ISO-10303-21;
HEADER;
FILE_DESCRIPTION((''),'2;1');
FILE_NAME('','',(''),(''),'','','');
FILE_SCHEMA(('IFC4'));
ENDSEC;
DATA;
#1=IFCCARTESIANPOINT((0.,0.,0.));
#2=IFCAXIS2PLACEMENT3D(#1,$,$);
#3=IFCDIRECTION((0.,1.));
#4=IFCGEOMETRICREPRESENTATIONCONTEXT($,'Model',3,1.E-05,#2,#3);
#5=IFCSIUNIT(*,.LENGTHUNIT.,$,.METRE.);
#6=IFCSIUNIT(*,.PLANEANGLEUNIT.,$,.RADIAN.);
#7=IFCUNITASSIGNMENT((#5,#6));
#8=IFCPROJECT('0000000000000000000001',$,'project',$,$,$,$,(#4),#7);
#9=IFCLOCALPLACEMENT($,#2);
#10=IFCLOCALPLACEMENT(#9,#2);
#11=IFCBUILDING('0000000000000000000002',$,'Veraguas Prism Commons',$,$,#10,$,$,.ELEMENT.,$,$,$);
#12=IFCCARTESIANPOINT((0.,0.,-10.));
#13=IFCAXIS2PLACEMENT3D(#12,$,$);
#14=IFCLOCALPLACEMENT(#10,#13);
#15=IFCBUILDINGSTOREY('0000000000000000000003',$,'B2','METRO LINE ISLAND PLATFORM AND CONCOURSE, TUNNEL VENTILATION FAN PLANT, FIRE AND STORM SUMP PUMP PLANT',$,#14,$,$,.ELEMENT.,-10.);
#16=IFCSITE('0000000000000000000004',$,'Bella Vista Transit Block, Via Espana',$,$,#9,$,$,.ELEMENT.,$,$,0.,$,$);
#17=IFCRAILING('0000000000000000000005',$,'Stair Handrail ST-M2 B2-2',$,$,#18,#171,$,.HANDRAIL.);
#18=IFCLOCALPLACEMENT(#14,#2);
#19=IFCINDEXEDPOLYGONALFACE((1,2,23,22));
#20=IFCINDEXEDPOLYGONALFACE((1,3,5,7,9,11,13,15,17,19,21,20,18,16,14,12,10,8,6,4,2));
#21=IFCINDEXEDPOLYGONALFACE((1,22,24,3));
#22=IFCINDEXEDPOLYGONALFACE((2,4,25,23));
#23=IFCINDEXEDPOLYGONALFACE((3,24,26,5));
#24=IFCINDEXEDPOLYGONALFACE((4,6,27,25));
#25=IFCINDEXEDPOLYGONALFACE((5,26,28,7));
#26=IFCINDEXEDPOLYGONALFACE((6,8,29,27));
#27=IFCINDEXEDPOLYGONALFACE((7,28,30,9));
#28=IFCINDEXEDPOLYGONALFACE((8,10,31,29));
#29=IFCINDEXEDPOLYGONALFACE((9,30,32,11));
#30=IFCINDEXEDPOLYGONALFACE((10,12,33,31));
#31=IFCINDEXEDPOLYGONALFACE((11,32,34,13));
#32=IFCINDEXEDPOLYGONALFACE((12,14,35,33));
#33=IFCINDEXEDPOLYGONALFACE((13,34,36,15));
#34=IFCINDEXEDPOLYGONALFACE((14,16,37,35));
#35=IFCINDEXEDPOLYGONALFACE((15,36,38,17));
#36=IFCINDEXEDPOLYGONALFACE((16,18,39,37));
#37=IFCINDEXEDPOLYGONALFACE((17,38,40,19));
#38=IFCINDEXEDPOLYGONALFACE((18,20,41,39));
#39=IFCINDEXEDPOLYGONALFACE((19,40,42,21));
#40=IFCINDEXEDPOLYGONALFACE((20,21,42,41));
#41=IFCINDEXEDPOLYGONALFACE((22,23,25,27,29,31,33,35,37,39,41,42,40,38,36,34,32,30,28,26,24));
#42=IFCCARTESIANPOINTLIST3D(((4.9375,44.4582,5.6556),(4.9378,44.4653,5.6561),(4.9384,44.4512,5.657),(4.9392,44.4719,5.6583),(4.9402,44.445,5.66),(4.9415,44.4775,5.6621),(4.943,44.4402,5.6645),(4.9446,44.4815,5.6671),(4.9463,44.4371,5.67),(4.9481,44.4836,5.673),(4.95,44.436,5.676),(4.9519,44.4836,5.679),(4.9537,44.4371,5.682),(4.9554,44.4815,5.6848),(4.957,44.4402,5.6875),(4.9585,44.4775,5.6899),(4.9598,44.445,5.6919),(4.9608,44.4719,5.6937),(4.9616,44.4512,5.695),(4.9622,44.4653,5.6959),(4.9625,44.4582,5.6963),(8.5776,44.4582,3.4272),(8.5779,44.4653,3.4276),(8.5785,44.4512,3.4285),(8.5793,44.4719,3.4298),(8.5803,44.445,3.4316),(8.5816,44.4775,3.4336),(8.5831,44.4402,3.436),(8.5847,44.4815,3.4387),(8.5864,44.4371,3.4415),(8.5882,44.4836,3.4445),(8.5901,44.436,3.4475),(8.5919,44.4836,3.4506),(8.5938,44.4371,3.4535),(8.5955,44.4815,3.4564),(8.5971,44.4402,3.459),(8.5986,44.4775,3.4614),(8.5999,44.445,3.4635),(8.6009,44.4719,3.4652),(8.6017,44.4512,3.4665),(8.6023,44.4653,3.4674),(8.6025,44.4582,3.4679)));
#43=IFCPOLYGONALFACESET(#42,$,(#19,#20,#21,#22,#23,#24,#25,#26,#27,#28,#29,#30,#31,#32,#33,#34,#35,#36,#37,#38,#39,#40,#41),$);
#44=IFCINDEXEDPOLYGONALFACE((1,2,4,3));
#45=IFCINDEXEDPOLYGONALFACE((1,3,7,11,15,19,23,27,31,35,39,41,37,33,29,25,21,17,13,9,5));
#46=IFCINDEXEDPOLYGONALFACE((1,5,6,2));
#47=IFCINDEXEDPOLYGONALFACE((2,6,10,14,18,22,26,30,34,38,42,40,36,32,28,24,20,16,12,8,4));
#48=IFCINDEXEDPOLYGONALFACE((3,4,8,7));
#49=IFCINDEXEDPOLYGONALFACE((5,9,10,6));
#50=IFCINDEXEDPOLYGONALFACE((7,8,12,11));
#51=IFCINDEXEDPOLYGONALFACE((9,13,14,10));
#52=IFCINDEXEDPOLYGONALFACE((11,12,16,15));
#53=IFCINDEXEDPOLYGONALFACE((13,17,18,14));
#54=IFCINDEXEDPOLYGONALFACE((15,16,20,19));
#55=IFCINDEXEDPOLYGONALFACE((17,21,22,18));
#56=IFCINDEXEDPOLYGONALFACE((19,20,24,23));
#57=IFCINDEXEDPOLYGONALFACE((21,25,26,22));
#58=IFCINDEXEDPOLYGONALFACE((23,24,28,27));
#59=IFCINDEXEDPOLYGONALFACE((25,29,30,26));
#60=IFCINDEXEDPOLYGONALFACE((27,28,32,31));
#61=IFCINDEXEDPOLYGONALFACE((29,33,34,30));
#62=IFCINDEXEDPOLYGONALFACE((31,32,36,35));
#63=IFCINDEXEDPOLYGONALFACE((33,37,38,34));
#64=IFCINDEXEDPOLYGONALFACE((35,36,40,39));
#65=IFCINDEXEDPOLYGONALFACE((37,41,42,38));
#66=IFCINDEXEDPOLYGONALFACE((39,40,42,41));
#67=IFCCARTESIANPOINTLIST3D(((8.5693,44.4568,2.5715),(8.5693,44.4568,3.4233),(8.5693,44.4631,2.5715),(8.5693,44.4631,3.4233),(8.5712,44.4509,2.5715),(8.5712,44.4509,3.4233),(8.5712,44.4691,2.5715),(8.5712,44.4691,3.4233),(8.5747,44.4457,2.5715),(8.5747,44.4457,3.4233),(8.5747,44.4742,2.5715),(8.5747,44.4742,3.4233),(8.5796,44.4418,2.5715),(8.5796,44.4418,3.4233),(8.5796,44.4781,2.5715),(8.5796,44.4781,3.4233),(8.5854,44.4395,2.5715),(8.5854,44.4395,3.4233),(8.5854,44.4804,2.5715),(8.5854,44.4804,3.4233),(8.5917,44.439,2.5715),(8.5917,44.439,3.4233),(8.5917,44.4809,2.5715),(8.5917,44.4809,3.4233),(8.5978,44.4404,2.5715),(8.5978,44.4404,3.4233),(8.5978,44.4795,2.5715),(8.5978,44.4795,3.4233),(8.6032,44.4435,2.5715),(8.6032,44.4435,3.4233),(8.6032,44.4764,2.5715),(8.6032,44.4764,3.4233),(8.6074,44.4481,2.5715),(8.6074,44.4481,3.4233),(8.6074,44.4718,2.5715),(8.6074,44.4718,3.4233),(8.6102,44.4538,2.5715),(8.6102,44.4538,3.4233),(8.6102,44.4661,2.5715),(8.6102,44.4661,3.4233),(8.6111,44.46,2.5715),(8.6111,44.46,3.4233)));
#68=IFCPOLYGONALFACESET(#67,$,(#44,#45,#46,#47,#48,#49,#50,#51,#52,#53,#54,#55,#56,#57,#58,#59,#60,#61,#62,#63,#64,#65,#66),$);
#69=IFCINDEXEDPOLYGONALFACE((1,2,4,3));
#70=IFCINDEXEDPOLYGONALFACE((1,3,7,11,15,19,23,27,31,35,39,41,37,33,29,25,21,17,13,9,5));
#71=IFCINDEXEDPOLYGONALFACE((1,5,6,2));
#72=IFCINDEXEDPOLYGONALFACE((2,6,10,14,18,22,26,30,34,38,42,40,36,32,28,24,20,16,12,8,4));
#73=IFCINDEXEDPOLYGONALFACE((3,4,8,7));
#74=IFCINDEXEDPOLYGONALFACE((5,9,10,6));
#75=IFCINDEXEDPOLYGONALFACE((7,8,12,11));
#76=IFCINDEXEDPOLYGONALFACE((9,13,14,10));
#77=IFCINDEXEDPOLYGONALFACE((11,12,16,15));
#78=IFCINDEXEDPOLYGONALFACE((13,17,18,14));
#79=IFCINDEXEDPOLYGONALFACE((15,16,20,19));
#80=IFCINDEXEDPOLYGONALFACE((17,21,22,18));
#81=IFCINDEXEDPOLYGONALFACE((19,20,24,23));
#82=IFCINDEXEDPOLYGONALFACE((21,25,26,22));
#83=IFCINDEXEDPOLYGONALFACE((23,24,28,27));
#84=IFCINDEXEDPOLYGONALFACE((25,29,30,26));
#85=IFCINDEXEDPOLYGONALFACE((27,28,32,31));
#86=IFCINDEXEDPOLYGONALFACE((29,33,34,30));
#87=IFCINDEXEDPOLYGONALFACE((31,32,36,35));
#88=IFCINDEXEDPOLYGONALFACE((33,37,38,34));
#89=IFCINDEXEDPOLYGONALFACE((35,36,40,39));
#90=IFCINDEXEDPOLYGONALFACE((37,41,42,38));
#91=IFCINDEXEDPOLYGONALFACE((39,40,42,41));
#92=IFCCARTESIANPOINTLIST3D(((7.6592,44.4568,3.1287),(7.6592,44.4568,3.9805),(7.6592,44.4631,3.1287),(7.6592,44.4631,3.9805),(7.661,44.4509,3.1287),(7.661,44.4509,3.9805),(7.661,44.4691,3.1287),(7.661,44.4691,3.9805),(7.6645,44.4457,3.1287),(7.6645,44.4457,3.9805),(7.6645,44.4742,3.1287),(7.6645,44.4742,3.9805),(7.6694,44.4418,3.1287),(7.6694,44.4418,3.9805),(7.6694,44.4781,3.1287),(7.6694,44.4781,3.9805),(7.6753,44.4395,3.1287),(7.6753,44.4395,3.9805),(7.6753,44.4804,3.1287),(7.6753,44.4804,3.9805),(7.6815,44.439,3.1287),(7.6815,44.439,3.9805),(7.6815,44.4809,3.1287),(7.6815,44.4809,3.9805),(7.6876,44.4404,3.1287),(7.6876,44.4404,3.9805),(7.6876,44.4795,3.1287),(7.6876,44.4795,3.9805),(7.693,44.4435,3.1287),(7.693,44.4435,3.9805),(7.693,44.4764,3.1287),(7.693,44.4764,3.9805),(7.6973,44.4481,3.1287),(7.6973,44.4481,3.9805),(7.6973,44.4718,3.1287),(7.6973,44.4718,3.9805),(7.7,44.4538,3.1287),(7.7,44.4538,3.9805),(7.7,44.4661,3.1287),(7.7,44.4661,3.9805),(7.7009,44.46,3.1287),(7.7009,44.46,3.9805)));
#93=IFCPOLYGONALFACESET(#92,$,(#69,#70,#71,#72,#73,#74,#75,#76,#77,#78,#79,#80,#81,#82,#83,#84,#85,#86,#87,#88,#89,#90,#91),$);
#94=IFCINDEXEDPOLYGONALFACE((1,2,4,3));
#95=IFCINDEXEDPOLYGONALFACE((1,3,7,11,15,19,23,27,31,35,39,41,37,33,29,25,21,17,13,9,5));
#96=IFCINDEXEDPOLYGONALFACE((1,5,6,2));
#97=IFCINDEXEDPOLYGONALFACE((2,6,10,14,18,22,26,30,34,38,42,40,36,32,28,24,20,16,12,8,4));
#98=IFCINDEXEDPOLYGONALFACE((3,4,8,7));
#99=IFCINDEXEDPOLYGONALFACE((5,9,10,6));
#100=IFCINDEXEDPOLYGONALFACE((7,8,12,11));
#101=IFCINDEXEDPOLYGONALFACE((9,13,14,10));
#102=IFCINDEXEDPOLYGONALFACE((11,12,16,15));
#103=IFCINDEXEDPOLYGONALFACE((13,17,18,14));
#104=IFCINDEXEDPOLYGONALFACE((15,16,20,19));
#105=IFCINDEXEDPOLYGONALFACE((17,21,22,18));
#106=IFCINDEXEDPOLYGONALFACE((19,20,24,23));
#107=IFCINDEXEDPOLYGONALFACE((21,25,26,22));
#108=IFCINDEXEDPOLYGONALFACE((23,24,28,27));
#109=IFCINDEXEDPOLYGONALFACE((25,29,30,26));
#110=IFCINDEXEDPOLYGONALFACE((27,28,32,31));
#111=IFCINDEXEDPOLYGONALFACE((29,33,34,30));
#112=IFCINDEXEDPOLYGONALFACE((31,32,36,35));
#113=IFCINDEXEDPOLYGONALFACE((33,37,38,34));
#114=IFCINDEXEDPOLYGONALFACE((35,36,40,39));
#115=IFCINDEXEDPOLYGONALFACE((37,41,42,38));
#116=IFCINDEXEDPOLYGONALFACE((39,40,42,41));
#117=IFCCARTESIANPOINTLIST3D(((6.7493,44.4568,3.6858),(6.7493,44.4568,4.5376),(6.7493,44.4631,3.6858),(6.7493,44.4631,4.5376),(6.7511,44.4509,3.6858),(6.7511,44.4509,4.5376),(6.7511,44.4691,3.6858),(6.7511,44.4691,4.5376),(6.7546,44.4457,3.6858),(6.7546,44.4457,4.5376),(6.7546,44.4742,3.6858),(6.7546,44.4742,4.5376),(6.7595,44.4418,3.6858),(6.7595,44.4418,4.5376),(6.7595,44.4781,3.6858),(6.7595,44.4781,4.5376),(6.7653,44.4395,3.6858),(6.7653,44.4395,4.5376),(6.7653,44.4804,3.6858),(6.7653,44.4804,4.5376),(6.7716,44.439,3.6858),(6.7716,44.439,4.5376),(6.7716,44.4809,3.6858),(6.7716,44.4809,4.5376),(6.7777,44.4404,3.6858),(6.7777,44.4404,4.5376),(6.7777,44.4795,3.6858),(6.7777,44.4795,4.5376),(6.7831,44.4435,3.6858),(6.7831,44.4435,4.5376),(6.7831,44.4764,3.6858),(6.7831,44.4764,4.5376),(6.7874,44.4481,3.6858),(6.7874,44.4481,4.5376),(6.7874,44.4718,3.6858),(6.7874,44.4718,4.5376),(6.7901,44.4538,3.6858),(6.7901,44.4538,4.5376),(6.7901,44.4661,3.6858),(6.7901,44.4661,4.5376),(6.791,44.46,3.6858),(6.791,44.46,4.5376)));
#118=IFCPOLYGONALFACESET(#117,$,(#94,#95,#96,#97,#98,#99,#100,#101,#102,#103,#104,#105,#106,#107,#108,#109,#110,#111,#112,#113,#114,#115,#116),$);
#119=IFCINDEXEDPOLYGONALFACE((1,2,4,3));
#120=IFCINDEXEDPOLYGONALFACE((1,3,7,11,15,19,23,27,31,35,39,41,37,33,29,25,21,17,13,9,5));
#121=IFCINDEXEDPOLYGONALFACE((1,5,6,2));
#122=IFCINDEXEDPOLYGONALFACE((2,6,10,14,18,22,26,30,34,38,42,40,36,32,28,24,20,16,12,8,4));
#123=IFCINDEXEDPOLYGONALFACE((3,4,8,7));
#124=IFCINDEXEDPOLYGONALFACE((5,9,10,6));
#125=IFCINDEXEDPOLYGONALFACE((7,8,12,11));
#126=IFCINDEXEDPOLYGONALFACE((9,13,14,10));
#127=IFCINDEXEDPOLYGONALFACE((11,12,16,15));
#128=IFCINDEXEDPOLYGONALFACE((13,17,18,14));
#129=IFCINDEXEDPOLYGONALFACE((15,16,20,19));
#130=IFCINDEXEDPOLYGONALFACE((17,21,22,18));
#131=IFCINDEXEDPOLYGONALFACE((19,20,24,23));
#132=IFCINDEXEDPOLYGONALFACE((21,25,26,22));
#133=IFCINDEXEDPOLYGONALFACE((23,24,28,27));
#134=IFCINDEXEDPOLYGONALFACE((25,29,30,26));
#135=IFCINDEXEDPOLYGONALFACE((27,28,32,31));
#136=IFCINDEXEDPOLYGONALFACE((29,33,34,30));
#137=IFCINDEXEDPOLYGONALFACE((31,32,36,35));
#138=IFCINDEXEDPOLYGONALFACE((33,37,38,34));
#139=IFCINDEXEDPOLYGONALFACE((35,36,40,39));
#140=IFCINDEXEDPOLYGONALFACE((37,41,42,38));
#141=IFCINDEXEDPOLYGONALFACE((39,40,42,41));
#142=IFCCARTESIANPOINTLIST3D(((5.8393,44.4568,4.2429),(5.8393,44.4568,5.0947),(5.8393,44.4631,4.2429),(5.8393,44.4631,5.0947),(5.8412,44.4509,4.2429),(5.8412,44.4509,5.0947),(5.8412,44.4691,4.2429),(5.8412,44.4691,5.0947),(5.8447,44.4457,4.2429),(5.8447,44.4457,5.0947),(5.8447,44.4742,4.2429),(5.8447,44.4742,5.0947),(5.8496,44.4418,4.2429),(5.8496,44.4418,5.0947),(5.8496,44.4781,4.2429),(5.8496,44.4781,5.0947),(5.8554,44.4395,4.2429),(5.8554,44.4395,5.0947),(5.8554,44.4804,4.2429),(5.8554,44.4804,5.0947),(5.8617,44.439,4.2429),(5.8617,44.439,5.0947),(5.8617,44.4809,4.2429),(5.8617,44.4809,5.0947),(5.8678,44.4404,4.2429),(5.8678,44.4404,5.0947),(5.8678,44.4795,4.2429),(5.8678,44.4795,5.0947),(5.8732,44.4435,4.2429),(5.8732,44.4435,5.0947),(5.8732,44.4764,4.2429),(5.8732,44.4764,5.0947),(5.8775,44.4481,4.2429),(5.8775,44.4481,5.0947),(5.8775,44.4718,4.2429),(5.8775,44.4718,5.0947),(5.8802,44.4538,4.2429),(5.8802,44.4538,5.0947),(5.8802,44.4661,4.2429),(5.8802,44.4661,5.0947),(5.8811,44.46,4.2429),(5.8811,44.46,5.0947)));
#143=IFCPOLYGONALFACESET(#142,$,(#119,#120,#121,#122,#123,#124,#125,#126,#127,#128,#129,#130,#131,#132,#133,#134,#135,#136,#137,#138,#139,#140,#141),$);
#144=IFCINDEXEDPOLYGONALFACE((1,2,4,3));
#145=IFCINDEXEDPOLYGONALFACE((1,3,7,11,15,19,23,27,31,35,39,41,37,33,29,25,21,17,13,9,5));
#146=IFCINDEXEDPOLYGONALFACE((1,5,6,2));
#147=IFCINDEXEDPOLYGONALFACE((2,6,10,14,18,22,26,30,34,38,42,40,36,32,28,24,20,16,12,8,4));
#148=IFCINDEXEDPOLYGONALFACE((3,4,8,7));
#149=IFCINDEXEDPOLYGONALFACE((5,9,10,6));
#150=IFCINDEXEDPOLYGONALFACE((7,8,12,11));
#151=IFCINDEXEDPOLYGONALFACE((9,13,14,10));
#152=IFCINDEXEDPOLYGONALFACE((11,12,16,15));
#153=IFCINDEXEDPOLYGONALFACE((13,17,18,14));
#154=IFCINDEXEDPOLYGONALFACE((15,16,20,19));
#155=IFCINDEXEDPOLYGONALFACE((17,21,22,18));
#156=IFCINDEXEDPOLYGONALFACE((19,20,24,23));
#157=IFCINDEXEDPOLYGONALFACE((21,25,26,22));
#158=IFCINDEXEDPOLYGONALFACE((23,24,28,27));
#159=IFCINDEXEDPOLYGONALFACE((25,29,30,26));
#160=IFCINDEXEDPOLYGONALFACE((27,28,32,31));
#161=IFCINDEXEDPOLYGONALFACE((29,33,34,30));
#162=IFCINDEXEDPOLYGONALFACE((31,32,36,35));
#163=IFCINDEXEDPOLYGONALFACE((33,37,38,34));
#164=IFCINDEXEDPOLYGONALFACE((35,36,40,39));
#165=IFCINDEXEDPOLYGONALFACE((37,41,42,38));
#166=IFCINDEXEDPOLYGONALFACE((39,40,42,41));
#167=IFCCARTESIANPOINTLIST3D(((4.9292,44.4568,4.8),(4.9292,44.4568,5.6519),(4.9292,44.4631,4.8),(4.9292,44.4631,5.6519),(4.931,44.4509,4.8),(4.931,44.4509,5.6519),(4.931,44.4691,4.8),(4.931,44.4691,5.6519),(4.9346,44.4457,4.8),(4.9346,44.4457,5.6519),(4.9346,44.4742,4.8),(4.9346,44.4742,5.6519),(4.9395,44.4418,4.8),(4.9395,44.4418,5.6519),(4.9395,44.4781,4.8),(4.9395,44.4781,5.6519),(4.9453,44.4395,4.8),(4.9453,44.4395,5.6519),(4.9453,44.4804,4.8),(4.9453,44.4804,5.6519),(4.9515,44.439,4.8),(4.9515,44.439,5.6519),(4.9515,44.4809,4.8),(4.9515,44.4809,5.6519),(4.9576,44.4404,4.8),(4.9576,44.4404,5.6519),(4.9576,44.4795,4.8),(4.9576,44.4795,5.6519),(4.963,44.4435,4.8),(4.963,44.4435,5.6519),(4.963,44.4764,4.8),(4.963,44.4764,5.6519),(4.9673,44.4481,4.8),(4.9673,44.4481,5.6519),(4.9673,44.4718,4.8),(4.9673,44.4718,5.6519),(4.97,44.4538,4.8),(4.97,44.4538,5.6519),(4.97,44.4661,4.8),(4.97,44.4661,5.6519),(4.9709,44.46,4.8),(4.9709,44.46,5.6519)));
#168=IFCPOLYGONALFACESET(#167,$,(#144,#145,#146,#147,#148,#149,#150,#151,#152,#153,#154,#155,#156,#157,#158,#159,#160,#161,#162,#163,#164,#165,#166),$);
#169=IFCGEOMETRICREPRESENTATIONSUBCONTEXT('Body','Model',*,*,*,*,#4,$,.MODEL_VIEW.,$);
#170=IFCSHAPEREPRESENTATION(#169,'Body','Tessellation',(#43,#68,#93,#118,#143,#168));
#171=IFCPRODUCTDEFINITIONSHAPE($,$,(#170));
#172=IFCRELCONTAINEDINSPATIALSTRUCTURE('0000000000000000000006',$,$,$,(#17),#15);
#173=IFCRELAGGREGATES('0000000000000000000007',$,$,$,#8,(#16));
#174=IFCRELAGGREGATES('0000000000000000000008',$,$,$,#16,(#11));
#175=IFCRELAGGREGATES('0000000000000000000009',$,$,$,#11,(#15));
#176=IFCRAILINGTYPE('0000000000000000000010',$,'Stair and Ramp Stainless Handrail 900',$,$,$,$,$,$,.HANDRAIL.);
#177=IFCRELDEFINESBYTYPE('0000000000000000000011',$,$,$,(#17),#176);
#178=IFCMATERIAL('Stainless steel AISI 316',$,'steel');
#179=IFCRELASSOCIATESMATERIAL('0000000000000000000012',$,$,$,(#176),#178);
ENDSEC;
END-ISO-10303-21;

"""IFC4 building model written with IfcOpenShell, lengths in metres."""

from ifc_helpers import new_model, si_unit, direction, frame, origin, origin_2d, place, context, subcontext, project, spatial, circle, extrude, material, type_object, element, save


model = new_model("IFC4")

# Units and contexts
model_context = context("Model", 3, precision=1e-05, world=origin(), true_north=direction((0.0, 1.0)))
body_context = subcontext(model_context, "Body", "Model", "MODEL_VIEW")
ifc_project = project(units=[si_unit("LENGTHUNIT", "METRE"), si_unit("PLANEANGLEUNIT", "RADIAN")], contexts=[model_context])

# Site, building, storey
site_placement = place(None, origin())
site = spatial("IfcSite", under=ifc_project, at=site_placement, Name="Bella Vista Transit Block, Via Espana", CompositionType="ELEMENT", RefElevation=0.0)
building_placement = place(site_placement, origin())
building = spatial("IfcBuilding", under=site, at=building_placement, Name="Veraguas Prism Commons", CompositionType="ELEMENT")
storey_placement = place(building_placement, frame((0.0, 0.0, -10.0)))
storey = spatial("IfcBuildingStorey", under=building, at=storey_placement, Name="B2", Description="METRO LINE ISLAND PLATFORM AND CONCOURSE, TUNNEL VENTILATION FAN PLANT, FIRE AND STORM SUMP PUMP PLANT", CompositionType="ELEMENT", Elevation=-10.0)

# Railing
ifc_material_1 = material(Name="Stainless steel AISI 316", Category="steel")
railing_type_1 = type_object("IfcRailingType", Name="Stair and Ramp Stainless Handrail 900", PredefinedType="HANDRAIL", material=ifc_material_1)
railing_1_placement = place(storey_placement, frame((8.5901, 44.46, 2.5715)))
element("IfcRailing", 1, at=railing_1_placement, inside=storey, type_object=railing_type_1, Name="Stair Handrail ST-M2 B2-2", PredefinedType="HANDRAIL", context=body_context, shape_type="SweptSolid", body=[
    extrude(circle(Radius=0.0239, at=origin_2d()), frame((0.0, 0.0, 0.876), z_axis=(-0.852866, 0.0, 0.52213), x_axis=(0.0, -1.0, 0.0)), (0.0, 0.0, 1.0), 4.2681),
    extrude(circle(Radius=0.021, at=origin_2d()), origin(), (0.0, 0.0, 1.0), 0.8518),
    extrude(circle(Radius=0.021, at=origin_2d()), frame((-0.9102, 0.0, 0.5571)), (0.0, 0.0, 1.0), 0.8518),
    extrude(circle(Radius=0.021, at=origin_2d()), frame((-1.8201, 0.0, 1.1143)), (0.0, 0.0, 1.0), 0.8518),
    extrude(circle(Radius=0.021, at=origin_2d()), frame((-2.73, 0.0, 1.6714)), (0.0, 0.0, 1.0), 0.8518),
    extrude(circle(Radius=0.021, at=origin_2d()), frame((-3.6401, 0.0, 2.2285)), (0.0, 0.0, 1.0), 0.8518),
])

save(model, "model.ifc")
